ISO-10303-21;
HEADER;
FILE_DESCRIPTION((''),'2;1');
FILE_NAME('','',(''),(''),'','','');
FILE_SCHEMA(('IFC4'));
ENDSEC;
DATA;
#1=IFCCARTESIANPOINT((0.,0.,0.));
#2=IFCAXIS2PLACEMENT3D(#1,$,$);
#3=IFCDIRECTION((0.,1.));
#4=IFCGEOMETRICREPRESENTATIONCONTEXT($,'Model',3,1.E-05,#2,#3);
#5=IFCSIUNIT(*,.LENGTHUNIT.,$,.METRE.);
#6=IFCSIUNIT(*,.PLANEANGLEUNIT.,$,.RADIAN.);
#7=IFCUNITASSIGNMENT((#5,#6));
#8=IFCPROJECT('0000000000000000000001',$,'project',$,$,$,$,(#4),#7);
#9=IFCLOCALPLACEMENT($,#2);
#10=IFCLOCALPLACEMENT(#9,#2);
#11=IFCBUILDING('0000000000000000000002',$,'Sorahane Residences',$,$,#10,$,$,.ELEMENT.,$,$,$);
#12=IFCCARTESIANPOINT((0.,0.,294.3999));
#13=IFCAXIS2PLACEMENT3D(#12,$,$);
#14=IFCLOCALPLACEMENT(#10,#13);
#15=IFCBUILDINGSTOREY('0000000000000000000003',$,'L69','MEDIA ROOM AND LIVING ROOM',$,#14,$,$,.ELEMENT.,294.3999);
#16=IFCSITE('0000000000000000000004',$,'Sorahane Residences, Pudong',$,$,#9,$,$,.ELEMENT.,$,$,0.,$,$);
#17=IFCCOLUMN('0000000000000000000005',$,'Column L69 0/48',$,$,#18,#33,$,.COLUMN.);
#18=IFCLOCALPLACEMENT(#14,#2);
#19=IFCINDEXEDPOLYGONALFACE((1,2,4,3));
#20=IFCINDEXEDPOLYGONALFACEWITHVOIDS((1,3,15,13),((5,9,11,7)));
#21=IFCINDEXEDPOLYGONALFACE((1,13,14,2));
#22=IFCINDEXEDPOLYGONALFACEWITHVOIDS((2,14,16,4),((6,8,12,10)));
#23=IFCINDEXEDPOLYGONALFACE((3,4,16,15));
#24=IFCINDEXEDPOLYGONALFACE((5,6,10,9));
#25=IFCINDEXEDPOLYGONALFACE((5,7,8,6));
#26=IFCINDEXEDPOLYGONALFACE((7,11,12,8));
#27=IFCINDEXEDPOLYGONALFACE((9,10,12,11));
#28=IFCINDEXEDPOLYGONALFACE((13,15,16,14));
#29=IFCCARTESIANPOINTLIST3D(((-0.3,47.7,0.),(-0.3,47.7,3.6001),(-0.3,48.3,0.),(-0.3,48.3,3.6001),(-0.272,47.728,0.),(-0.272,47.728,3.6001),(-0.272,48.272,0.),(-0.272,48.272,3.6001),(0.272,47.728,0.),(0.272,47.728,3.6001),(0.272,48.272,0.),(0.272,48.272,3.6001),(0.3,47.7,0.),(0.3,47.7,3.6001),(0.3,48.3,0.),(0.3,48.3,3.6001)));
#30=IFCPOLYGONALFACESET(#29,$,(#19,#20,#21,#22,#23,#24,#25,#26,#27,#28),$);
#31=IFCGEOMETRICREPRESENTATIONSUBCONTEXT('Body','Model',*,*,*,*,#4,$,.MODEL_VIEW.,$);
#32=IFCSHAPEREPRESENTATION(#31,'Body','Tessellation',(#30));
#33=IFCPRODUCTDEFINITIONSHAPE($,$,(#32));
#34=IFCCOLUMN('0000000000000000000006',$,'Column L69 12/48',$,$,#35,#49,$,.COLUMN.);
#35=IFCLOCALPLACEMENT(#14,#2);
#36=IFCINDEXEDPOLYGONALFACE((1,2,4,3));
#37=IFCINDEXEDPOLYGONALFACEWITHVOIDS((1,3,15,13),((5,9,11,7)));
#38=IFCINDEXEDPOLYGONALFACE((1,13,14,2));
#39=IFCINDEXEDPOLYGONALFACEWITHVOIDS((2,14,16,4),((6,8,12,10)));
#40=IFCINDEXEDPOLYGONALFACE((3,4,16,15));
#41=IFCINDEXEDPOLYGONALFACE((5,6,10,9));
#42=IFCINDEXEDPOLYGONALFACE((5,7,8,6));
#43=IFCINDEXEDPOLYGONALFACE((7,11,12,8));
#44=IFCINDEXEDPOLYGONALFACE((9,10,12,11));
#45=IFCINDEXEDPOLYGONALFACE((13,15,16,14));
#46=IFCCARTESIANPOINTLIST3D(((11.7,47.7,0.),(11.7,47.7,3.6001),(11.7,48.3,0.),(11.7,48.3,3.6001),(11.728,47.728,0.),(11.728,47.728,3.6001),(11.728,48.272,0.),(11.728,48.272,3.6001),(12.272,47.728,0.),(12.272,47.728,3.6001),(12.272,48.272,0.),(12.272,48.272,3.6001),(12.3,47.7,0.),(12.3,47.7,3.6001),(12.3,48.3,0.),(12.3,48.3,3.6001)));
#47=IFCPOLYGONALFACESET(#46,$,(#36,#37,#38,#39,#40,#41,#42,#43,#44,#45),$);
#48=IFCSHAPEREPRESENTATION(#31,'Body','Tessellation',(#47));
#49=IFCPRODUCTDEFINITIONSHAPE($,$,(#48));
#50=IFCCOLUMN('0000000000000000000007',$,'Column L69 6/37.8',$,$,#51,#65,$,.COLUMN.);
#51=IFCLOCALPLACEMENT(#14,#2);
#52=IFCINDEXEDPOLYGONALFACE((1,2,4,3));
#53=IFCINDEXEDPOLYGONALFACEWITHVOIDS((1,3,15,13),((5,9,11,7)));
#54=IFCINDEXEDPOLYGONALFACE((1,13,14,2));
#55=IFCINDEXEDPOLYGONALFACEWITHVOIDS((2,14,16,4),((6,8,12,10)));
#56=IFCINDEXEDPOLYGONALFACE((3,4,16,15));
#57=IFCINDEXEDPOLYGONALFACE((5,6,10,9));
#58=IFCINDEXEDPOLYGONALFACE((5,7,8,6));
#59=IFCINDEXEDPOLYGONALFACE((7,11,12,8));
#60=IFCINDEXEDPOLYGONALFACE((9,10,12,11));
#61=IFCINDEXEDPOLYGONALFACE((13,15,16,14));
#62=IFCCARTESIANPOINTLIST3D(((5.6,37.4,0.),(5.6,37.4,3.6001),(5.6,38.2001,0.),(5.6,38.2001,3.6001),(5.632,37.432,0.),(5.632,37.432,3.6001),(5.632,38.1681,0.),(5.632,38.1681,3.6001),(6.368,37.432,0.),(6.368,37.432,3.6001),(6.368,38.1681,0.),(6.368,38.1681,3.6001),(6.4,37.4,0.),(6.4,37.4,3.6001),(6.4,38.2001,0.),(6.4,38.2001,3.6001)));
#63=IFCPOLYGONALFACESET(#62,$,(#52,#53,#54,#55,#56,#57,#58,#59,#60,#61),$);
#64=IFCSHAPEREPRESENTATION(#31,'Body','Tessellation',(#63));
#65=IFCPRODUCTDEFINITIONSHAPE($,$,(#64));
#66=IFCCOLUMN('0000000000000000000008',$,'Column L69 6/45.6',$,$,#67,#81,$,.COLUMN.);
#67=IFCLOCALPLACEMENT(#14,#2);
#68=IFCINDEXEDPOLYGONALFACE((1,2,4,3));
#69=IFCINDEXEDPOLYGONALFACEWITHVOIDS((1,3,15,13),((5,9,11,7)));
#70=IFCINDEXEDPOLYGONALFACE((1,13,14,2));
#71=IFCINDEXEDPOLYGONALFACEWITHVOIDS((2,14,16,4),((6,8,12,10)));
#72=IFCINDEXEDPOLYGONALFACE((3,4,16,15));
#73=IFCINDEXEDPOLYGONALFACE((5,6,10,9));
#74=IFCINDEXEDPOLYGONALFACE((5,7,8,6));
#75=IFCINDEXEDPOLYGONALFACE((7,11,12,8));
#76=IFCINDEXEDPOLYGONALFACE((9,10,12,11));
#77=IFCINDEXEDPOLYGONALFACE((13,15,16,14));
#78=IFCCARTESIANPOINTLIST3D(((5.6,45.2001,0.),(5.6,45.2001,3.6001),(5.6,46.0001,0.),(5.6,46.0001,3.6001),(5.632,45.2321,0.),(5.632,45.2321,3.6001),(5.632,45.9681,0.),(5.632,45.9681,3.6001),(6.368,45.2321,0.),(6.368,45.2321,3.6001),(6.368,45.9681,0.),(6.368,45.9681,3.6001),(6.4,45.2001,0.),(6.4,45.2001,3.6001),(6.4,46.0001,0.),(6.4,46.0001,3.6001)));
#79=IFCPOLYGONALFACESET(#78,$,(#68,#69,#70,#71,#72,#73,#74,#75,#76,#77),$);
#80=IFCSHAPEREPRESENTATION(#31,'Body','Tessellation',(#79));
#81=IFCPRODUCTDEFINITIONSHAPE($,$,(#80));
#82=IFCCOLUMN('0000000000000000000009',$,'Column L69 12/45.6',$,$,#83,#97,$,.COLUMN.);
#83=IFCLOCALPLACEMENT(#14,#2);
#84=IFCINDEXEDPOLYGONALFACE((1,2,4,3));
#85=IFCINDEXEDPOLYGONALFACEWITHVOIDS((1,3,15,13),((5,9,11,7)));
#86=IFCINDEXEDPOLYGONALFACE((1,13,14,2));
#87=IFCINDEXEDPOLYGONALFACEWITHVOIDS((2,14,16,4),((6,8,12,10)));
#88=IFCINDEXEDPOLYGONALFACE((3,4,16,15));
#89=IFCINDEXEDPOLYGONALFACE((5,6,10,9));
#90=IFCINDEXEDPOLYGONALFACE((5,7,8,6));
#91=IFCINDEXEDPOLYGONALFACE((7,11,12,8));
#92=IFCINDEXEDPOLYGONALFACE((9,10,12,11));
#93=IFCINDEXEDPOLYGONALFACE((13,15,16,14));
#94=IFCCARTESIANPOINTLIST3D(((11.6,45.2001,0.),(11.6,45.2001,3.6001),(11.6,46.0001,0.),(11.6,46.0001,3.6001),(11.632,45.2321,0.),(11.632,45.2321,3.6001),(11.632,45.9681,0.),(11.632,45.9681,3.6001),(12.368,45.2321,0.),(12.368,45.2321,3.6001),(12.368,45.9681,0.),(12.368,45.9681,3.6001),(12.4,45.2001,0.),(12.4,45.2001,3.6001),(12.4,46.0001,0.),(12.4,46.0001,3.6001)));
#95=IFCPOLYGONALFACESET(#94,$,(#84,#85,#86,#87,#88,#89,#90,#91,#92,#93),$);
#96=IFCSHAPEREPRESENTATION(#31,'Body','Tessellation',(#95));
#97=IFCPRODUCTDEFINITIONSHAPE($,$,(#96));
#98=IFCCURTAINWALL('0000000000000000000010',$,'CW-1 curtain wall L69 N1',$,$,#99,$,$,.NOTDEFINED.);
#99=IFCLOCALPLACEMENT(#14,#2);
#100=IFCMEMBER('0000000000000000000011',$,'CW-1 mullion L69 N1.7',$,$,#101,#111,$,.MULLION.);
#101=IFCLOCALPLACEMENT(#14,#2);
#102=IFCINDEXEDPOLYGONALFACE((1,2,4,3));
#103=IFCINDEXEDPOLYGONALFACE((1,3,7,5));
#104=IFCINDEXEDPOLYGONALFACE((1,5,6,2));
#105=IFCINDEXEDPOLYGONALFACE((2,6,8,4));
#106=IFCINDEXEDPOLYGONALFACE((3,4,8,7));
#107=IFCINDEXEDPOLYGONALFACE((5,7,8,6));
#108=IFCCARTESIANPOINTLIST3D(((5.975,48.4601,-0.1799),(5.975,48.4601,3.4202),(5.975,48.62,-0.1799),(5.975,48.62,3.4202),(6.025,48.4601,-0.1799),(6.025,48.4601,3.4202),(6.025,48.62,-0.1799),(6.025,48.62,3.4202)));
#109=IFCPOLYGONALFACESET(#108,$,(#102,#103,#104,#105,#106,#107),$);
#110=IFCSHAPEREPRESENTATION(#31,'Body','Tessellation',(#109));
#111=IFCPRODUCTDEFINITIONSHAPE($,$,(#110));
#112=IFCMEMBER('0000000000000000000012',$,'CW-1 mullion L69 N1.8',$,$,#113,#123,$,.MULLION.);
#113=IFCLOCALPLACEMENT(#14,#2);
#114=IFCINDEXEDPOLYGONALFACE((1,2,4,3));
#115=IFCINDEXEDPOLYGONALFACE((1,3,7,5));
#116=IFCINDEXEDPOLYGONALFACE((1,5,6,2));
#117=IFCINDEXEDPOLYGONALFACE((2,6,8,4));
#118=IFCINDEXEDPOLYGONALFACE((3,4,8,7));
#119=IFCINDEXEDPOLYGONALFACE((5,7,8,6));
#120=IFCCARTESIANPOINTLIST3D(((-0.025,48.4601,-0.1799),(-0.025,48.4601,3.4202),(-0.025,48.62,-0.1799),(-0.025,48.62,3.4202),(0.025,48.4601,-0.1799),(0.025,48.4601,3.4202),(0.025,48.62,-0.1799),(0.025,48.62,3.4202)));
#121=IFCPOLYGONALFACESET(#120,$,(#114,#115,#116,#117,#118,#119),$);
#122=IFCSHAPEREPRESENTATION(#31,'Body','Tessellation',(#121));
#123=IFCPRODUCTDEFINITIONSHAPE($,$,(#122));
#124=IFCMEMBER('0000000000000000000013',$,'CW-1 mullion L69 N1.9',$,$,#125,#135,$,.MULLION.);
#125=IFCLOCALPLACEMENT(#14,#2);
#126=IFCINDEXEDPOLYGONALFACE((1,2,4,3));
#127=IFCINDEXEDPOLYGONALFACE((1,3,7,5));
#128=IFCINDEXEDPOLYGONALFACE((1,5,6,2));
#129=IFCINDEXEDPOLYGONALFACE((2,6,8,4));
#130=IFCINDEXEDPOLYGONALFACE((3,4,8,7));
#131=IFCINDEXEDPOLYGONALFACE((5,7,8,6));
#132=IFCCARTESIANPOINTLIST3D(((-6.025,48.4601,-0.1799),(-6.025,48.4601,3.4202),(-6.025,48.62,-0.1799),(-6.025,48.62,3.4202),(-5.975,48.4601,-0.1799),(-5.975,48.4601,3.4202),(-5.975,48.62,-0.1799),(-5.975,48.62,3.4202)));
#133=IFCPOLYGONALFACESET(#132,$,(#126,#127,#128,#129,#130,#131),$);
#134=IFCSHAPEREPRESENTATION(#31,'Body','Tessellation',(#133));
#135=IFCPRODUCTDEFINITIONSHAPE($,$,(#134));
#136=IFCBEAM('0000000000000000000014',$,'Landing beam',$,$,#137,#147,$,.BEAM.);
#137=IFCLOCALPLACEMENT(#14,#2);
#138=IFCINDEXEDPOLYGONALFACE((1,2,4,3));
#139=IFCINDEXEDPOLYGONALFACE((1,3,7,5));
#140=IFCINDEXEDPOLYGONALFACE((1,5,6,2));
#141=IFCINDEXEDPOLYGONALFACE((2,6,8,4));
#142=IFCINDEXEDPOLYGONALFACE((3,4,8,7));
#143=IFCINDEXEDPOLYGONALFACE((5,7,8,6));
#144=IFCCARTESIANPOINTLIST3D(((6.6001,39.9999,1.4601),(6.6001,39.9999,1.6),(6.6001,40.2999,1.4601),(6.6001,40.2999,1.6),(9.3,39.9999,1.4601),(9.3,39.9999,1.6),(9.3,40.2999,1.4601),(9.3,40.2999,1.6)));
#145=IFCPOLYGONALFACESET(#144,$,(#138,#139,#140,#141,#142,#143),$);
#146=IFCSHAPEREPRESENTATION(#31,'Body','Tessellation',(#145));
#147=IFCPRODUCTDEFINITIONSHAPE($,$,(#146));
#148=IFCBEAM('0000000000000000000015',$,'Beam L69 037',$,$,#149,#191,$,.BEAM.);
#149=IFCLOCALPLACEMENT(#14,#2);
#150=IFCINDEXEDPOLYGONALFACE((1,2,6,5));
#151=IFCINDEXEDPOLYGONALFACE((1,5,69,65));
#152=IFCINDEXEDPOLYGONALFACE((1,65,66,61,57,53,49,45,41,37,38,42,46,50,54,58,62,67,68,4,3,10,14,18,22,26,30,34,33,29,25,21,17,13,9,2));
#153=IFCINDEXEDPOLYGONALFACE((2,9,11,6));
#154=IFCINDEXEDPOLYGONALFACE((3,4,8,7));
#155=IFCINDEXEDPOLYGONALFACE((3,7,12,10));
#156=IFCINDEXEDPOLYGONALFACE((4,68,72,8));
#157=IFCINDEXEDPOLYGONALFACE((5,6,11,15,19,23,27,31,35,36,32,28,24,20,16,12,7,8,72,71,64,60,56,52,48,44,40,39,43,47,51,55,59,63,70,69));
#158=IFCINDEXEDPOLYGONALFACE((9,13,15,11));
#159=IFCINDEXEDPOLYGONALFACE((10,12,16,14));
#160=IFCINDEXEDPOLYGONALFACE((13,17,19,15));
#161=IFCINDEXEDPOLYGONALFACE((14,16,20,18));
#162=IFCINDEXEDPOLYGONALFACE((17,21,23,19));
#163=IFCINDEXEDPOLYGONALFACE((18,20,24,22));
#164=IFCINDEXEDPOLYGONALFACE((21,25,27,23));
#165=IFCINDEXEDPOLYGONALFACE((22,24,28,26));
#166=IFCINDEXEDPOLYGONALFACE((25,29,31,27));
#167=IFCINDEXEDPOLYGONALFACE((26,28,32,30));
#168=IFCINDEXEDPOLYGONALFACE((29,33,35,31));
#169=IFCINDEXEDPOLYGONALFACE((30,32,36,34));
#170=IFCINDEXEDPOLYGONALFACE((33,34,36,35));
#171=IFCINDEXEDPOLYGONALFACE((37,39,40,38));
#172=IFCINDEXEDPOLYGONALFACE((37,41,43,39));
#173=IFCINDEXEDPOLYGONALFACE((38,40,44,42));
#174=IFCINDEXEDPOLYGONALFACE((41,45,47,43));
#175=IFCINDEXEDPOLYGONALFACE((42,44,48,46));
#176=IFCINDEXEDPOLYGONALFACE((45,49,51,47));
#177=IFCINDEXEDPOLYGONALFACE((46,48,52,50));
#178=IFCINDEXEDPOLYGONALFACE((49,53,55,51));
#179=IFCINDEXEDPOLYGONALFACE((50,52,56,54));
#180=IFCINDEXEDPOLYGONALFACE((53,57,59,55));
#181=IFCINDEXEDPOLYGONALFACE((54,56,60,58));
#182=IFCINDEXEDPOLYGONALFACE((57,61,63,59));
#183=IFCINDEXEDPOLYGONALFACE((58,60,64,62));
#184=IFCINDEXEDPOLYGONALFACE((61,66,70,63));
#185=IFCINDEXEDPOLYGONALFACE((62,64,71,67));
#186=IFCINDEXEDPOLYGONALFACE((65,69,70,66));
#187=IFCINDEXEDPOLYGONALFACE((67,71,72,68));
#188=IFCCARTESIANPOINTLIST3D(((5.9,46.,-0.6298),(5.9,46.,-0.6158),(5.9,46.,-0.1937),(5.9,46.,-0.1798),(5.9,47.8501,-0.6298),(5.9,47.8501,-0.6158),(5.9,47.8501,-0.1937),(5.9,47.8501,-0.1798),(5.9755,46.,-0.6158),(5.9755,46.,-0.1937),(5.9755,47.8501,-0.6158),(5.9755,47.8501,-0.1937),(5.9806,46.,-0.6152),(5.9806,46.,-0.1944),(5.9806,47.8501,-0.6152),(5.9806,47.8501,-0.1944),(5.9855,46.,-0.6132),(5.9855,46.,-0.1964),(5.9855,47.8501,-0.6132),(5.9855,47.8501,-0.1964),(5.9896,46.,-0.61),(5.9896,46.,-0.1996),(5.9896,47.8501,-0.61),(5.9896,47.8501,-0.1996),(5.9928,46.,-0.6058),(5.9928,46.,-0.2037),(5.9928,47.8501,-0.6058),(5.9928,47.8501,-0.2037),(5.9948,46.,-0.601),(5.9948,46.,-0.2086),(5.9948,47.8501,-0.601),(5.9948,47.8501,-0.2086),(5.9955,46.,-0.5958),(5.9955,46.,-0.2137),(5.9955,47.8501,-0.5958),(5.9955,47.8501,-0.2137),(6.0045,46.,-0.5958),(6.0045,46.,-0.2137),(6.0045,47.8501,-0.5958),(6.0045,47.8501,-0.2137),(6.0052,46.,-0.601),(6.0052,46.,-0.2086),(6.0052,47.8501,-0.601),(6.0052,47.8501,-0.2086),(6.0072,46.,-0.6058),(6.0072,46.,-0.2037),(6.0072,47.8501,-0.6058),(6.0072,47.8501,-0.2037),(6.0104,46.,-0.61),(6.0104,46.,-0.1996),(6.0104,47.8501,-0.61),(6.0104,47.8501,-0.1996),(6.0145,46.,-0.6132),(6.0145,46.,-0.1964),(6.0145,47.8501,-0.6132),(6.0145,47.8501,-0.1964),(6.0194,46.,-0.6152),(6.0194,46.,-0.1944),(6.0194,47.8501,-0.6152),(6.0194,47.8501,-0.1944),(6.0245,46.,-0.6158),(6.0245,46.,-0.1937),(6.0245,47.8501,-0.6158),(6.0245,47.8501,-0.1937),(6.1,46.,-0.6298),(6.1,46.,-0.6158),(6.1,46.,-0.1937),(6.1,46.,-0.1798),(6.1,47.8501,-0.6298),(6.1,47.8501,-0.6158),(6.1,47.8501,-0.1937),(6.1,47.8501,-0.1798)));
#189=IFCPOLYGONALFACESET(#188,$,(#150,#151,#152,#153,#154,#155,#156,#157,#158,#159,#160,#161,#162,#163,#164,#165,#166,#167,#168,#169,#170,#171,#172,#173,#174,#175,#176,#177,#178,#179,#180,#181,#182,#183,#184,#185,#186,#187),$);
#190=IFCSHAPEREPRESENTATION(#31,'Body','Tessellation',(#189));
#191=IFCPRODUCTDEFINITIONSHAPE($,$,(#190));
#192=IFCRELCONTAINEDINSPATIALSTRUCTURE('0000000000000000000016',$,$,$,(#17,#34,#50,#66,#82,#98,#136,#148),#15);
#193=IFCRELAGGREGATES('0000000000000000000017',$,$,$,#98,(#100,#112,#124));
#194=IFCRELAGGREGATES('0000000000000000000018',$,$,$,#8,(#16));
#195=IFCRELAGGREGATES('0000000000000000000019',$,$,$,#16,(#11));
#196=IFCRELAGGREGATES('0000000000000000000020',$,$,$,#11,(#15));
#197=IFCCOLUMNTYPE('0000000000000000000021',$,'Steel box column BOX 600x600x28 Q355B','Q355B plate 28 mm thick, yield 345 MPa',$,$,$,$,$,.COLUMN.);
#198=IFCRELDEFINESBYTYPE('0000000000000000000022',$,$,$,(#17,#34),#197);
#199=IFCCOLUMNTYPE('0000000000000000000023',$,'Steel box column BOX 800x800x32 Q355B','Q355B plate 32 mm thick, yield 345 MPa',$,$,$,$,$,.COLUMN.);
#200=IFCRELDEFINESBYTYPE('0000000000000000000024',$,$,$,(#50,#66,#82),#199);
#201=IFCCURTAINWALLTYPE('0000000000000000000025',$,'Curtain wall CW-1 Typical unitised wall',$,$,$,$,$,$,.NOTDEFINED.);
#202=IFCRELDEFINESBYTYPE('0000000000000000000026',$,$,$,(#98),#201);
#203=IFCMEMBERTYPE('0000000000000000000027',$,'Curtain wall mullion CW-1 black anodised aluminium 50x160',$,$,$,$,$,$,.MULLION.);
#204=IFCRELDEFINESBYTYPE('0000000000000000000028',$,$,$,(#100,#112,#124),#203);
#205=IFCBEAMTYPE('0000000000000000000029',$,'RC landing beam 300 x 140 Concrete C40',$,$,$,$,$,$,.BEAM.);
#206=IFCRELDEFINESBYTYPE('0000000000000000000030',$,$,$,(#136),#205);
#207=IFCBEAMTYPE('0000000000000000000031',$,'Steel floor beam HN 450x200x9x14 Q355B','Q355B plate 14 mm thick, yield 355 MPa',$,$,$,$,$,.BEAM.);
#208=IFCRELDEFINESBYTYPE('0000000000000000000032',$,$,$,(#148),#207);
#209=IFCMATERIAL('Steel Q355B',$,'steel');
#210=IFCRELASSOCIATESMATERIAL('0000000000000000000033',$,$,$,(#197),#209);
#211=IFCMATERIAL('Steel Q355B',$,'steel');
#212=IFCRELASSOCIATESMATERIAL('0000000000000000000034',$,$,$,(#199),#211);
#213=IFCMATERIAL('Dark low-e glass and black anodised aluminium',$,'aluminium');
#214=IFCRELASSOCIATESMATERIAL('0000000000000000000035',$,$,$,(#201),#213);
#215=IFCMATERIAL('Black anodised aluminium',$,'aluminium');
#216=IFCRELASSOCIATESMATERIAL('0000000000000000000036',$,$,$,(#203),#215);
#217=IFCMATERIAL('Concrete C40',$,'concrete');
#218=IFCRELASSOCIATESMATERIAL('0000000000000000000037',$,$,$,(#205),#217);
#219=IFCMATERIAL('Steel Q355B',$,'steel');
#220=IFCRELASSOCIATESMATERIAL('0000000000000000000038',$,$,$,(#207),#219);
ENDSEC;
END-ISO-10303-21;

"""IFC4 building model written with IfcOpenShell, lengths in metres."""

from ifc_helpers import new_model, si_unit, direction, frame, origin, origin_2d, place, context, subcontext, project, spatial, rectangle, hollow_rectangle, i_section, extrude, material, material_profile, profile_set, type_object, element, aggregate, save


model = new_model("IFC4")

# Units and contexts
model_context = context("Model", 3, precision=1e-05, world=origin(), true_north=direction((0.0, 1.0)))
body_context = subcontext(model_context, "Body", "Model", "MODEL_VIEW")
ifc_project = project(units=[si_unit("LENGTHUNIT", "METRE"), si_unit("PLANEANGLEUNIT", "RADIAN")], contexts=[model_context])

# Site, building, storey
site_placement = place(None, origin())
site = spatial("IfcSite", under=ifc_project, at=site_placement, Name="Sorahane Residences, Pudong", CompositionType="ELEMENT", RefElevation=0.0)
building_placement = place(site_placement, origin())
building = spatial("IfcBuilding", under=site, at=building_placement, Name="Sorahane Residences", CompositionType="ELEMENT")
storey_placement = place(building_placement, frame((0.0, 0.0, 294.3999)))
storey = spatial("IfcBuildingStorey", under=building, at=storey_placement, Name="L69", Description="MEDIA ROOM AND LIVING ROOM", CompositionType="ELEMENT", Elevation=294.3999)

# Columns
ifc_material_1 = material(Name="Steel Q355B", Category="steel")
ifc_material_profile_1 = material_profile(ifc_material_1, hollow_rectangle(XDim=0.6001, YDim=0.6001, WallThickness=0.0281, at=origin_2d()), Name="BOX 600x600x28")
ifc_profile_set_1 = profile_set([ifc_material_profile_1], Name="Steel Q355B")
column_type_1 = type_object("IfcColumnType", Name="Steel box column BOX 600x600x28 Q355B", Description="Q355B plate 28 mm thick, yield 345 MPa", PredefinedType="COLUMN", material=ifc_profile_set_1)
for number, where, z_axis, x_axis, name in (
    (1, (0.0, 48.0, 0.0), (0.0, 0.0, 1.0), (1.0, 0.0, 0.0), "Column L69 0/48"),
    (2, (12.0, 48.0, 0.0), (0.0, 0.0, 1.0), (1.0, 0.0, 0.0), "Column L69 12/48"),
):
    element("IfcColumn", number, at=place(storey_placement, frame(where, z_axis=z_axis, x_axis=x_axis)), inside=storey, type_object=column_type_1, Name=name, PredefinedType="COLUMN", context=body_context, shape_type="SweptSolid", body=[
        extrude(hollow_rectangle(XDim=0.6001, YDim=0.6001, WallThickness=0.0281, at=origin_2d()), origin(), (0.0, 0.0, 1.0), 3.6001),
    ])
ifc_material_2 = material(Name="Steel Q355B", Category="steel")
ifc_material_profile_2 = material_profile(ifc_material_2, hollow_rectangle(XDim=0.8, YDim=0.8, WallThickness=0.032, at=origin_2d()), Name="BOX 800x800x32")
ifc_profile_set_2 = profile_set([ifc_material_profile_2], Name="Steel Q355B")
column_type_2 = type_object("IfcColumnType", Name="Steel box column BOX 800x800x32 Q355B", Description="Q355B plate 32 mm thick, yield 345 MPa", PredefinedType="COLUMN", material=ifc_profile_set_2)
for number, where, z_axis, x_axis, name in (
    (3, (6.0, 37.8, 0.0), (0.0, 0.0, 1.0), (1.0, 0.0, 0.0), "Column L69 6/37.8"),
    (4, (6.0, 45.6001, 0.0), (0.0, 0.0, 1.0), (1.0, 0.0, 0.0), "Column L69 6/45.6"),
    (5, (12.0, 45.6001, 0.0), (0.0, 0.0, 1.0), (1.0, 0.0, 0.0), "Column L69 12/45.6"),
):
    element("IfcColumn", number, at=place(storey_placement, frame(where, z_axis=z_axis, x_axis=x_axis)), inside=storey, type_object=column_type_2, Name=name, PredefinedType="COLUMN", context=body_context, shape_type="SweptSolid", body=[
        extrude(hollow_rectangle(XDim=0.8, YDim=0.8, WallThickness=0.032, at=origin_2d()), origin(), (0.0, 0.0, 1.0), 3.6001),
    ])

# Curtain wall, members
ifc_material_3 = material(Name="Dark low-e glass and black anodised aluminium", Category="aluminium")
curtain_wall_type = type_object("IfcCurtainWallType", Name="Curtain wall CW-1 Typical unitised wall", PredefinedType="NOTDEFINED", material=ifc_material_3)
curtain_wall_placement = place(storey_placement, origin())
curtain_wall = element("IfcCurtainWall", 6, at=curtain_wall_placement, inside=storey, type_object=curtain_wall_type, Name="CW-1 curtain wall L69 N1", PredefinedType="NOTDEFINED")
ifc_material_4 = material(Name="Black anodised aluminium", Category="aluminium")
ifc_material_profile_3 = material_profile(ifc_material_4, rectangle(XDim=0.1599, YDim=0.05, at=origin_2d()), Name="Curtain wall mullion CW-1 black anodised aluminium 50x160")
ifc_profile_set_3 = profile_set([ifc_material_profile_3], Name="Black anodised aluminium")
member_type = type_object("IfcMemberType", Name="Curtain wall mullion CW-1 black anodised aluminium 50x160", PredefinedType="MULLION", material=ifc_profile_set_3)
member_1_placement = place(storey_placement, frame((6.0, 48.54, -0.1799), z_axis=(0.0, 0.0, 1.0), x_axis=(0.0, 1.0, 0.0)))
member_1 = element("IfcMember", 7, at=member_1_placement, type_object=member_type, Name="CW-1 mullion L69 N1.7", PredefinedType="MULLION", context=body_context, shape_type="SweptSolid", body=[
    extrude(rectangle(XDim=0.1599, YDim=0.05, at=origin_2d()), origin(), (0.0, 0.0, 1.0), 3.6001),
])
member_2_placement = place(storey_placement, frame((0.0, 48.54, -0.1799), z_axis=(0.0, 0.0, 1.0), x_axis=(0.0, 1.0, 0.0)))
member_2 = element("IfcMember", 8, at=member_2_placement, type_object=member_type, Name="CW-1 mullion L69 N1.8", PredefinedType="MULLION", context=body_context, shape_type="SweptSolid", body=[
    extrude(rectangle(XDim=0.1599, YDim=0.05, at=origin_2d()), origin(), (0.0, 0.0, 1.0), 3.6001),
])
member_3_placement = place(storey_placement, frame((-6.0, 48.54, -0.1799), z_axis=(0.0, 0.0, 1.0), x_axis=(0.0, 1.0, 0.0)))
member_3 = element("IfcMember", 9, at=member_3_placement, type_object=member_type, Name="CW-1 mullion L69 N1.9", PredefinedType="MULLION", context=body_context, shape_type="SweptSolid", body=[
    extrude(rectangle(XDim=0.1599, YDim=0.05, at=origin_2d()), origin(), (0.0, 0.0, 1.0), 3.6001),
])

# Beams
ifc_material_5 = material(Name="Concrete C40", Category="concrete")
ifc_material_profile_4 = material_profile(ifc_material_5, rectangle(XDim=0.3, YDim=0.1399, at=origin_2d()), Name="300x140")
ifc_profile_set_4 = profile_set([ifc_material_profile_4], Name="Concrete C40")
beam_type_1 = type_object("IfcBeamType", Name="RC landing beam 300 x 140 Concrete C40", PredefinedType="BEAM", material=ifc_profile_set_4)
beam_1_placement = place(storey_placement, frame((6.6001, 40.1499, 1.53), z_axis=(1.0, 0.0, 0.0), x_axis=(0.0, 1.0, 0.0)))
element("IfcBeam", 10, at=beam_1_placement, inside=storey, type_object=beam_type_1, Name="Landing beam", PredefinedType="BEAM", context=body_context, shape_type="SweptSolid", body=[
    extrude(rectangle(XDim=0.3, YDim=0.1399, at=origin_2d()), origin(), (0.0, 0.0, 1.0), 2.7),
])
ifc_material_6 = material(Name="Steel Q355B", Category="steel")
ifc_material_profile_5 = material_profile(ifc_material_6, i_section(OverallWidth=0.2, OverallDepth=0.45, WebThickness=0.009, FlangeThickness=0.0139, FilletRadius=0.02, at=origin_2d()), Name="HN 450x200x9x14")
ifc_profile_set_5 = profile_set([ifc_material_profile_5], Name="Steel Q355B")
beam_type_2 = type_object("IfcBeamType", Name="Steel floor beam HN 450x200x9x14 Q355B", Description="Q355B plate 14 mm thick, yield 355 MPa", PredefinedType="BEAM", material=ifc_profile_set_5)
beam_2_placement = place(storey_placement, frame((6.0, 46.0, -0.4048), z_axis=(0.0, 1.0, 0.0), x_axis=(-1.0, 0.0, 0.0)))
element("IfcBeam", 11, at=beam_2_placement, inside=storey, type_object=beam_type_2, Name="Beam L69 037", PredefinedType="BEAM", context=body_context, shape_type="SweptSolid", body=[
    extrude(i_section(OverallWidth=0.2, OverallDepth=0.45, WebThickness=0.009, FlangeThickness=0.0139, FilletRadius=0.02, at=origin_2d()), origin(), (0.0, 0.0, 1.0), 1.8501),
])

aggregate(curtain_wall, [member_1, member_2, member_3])

save(model, "model.ifc")
